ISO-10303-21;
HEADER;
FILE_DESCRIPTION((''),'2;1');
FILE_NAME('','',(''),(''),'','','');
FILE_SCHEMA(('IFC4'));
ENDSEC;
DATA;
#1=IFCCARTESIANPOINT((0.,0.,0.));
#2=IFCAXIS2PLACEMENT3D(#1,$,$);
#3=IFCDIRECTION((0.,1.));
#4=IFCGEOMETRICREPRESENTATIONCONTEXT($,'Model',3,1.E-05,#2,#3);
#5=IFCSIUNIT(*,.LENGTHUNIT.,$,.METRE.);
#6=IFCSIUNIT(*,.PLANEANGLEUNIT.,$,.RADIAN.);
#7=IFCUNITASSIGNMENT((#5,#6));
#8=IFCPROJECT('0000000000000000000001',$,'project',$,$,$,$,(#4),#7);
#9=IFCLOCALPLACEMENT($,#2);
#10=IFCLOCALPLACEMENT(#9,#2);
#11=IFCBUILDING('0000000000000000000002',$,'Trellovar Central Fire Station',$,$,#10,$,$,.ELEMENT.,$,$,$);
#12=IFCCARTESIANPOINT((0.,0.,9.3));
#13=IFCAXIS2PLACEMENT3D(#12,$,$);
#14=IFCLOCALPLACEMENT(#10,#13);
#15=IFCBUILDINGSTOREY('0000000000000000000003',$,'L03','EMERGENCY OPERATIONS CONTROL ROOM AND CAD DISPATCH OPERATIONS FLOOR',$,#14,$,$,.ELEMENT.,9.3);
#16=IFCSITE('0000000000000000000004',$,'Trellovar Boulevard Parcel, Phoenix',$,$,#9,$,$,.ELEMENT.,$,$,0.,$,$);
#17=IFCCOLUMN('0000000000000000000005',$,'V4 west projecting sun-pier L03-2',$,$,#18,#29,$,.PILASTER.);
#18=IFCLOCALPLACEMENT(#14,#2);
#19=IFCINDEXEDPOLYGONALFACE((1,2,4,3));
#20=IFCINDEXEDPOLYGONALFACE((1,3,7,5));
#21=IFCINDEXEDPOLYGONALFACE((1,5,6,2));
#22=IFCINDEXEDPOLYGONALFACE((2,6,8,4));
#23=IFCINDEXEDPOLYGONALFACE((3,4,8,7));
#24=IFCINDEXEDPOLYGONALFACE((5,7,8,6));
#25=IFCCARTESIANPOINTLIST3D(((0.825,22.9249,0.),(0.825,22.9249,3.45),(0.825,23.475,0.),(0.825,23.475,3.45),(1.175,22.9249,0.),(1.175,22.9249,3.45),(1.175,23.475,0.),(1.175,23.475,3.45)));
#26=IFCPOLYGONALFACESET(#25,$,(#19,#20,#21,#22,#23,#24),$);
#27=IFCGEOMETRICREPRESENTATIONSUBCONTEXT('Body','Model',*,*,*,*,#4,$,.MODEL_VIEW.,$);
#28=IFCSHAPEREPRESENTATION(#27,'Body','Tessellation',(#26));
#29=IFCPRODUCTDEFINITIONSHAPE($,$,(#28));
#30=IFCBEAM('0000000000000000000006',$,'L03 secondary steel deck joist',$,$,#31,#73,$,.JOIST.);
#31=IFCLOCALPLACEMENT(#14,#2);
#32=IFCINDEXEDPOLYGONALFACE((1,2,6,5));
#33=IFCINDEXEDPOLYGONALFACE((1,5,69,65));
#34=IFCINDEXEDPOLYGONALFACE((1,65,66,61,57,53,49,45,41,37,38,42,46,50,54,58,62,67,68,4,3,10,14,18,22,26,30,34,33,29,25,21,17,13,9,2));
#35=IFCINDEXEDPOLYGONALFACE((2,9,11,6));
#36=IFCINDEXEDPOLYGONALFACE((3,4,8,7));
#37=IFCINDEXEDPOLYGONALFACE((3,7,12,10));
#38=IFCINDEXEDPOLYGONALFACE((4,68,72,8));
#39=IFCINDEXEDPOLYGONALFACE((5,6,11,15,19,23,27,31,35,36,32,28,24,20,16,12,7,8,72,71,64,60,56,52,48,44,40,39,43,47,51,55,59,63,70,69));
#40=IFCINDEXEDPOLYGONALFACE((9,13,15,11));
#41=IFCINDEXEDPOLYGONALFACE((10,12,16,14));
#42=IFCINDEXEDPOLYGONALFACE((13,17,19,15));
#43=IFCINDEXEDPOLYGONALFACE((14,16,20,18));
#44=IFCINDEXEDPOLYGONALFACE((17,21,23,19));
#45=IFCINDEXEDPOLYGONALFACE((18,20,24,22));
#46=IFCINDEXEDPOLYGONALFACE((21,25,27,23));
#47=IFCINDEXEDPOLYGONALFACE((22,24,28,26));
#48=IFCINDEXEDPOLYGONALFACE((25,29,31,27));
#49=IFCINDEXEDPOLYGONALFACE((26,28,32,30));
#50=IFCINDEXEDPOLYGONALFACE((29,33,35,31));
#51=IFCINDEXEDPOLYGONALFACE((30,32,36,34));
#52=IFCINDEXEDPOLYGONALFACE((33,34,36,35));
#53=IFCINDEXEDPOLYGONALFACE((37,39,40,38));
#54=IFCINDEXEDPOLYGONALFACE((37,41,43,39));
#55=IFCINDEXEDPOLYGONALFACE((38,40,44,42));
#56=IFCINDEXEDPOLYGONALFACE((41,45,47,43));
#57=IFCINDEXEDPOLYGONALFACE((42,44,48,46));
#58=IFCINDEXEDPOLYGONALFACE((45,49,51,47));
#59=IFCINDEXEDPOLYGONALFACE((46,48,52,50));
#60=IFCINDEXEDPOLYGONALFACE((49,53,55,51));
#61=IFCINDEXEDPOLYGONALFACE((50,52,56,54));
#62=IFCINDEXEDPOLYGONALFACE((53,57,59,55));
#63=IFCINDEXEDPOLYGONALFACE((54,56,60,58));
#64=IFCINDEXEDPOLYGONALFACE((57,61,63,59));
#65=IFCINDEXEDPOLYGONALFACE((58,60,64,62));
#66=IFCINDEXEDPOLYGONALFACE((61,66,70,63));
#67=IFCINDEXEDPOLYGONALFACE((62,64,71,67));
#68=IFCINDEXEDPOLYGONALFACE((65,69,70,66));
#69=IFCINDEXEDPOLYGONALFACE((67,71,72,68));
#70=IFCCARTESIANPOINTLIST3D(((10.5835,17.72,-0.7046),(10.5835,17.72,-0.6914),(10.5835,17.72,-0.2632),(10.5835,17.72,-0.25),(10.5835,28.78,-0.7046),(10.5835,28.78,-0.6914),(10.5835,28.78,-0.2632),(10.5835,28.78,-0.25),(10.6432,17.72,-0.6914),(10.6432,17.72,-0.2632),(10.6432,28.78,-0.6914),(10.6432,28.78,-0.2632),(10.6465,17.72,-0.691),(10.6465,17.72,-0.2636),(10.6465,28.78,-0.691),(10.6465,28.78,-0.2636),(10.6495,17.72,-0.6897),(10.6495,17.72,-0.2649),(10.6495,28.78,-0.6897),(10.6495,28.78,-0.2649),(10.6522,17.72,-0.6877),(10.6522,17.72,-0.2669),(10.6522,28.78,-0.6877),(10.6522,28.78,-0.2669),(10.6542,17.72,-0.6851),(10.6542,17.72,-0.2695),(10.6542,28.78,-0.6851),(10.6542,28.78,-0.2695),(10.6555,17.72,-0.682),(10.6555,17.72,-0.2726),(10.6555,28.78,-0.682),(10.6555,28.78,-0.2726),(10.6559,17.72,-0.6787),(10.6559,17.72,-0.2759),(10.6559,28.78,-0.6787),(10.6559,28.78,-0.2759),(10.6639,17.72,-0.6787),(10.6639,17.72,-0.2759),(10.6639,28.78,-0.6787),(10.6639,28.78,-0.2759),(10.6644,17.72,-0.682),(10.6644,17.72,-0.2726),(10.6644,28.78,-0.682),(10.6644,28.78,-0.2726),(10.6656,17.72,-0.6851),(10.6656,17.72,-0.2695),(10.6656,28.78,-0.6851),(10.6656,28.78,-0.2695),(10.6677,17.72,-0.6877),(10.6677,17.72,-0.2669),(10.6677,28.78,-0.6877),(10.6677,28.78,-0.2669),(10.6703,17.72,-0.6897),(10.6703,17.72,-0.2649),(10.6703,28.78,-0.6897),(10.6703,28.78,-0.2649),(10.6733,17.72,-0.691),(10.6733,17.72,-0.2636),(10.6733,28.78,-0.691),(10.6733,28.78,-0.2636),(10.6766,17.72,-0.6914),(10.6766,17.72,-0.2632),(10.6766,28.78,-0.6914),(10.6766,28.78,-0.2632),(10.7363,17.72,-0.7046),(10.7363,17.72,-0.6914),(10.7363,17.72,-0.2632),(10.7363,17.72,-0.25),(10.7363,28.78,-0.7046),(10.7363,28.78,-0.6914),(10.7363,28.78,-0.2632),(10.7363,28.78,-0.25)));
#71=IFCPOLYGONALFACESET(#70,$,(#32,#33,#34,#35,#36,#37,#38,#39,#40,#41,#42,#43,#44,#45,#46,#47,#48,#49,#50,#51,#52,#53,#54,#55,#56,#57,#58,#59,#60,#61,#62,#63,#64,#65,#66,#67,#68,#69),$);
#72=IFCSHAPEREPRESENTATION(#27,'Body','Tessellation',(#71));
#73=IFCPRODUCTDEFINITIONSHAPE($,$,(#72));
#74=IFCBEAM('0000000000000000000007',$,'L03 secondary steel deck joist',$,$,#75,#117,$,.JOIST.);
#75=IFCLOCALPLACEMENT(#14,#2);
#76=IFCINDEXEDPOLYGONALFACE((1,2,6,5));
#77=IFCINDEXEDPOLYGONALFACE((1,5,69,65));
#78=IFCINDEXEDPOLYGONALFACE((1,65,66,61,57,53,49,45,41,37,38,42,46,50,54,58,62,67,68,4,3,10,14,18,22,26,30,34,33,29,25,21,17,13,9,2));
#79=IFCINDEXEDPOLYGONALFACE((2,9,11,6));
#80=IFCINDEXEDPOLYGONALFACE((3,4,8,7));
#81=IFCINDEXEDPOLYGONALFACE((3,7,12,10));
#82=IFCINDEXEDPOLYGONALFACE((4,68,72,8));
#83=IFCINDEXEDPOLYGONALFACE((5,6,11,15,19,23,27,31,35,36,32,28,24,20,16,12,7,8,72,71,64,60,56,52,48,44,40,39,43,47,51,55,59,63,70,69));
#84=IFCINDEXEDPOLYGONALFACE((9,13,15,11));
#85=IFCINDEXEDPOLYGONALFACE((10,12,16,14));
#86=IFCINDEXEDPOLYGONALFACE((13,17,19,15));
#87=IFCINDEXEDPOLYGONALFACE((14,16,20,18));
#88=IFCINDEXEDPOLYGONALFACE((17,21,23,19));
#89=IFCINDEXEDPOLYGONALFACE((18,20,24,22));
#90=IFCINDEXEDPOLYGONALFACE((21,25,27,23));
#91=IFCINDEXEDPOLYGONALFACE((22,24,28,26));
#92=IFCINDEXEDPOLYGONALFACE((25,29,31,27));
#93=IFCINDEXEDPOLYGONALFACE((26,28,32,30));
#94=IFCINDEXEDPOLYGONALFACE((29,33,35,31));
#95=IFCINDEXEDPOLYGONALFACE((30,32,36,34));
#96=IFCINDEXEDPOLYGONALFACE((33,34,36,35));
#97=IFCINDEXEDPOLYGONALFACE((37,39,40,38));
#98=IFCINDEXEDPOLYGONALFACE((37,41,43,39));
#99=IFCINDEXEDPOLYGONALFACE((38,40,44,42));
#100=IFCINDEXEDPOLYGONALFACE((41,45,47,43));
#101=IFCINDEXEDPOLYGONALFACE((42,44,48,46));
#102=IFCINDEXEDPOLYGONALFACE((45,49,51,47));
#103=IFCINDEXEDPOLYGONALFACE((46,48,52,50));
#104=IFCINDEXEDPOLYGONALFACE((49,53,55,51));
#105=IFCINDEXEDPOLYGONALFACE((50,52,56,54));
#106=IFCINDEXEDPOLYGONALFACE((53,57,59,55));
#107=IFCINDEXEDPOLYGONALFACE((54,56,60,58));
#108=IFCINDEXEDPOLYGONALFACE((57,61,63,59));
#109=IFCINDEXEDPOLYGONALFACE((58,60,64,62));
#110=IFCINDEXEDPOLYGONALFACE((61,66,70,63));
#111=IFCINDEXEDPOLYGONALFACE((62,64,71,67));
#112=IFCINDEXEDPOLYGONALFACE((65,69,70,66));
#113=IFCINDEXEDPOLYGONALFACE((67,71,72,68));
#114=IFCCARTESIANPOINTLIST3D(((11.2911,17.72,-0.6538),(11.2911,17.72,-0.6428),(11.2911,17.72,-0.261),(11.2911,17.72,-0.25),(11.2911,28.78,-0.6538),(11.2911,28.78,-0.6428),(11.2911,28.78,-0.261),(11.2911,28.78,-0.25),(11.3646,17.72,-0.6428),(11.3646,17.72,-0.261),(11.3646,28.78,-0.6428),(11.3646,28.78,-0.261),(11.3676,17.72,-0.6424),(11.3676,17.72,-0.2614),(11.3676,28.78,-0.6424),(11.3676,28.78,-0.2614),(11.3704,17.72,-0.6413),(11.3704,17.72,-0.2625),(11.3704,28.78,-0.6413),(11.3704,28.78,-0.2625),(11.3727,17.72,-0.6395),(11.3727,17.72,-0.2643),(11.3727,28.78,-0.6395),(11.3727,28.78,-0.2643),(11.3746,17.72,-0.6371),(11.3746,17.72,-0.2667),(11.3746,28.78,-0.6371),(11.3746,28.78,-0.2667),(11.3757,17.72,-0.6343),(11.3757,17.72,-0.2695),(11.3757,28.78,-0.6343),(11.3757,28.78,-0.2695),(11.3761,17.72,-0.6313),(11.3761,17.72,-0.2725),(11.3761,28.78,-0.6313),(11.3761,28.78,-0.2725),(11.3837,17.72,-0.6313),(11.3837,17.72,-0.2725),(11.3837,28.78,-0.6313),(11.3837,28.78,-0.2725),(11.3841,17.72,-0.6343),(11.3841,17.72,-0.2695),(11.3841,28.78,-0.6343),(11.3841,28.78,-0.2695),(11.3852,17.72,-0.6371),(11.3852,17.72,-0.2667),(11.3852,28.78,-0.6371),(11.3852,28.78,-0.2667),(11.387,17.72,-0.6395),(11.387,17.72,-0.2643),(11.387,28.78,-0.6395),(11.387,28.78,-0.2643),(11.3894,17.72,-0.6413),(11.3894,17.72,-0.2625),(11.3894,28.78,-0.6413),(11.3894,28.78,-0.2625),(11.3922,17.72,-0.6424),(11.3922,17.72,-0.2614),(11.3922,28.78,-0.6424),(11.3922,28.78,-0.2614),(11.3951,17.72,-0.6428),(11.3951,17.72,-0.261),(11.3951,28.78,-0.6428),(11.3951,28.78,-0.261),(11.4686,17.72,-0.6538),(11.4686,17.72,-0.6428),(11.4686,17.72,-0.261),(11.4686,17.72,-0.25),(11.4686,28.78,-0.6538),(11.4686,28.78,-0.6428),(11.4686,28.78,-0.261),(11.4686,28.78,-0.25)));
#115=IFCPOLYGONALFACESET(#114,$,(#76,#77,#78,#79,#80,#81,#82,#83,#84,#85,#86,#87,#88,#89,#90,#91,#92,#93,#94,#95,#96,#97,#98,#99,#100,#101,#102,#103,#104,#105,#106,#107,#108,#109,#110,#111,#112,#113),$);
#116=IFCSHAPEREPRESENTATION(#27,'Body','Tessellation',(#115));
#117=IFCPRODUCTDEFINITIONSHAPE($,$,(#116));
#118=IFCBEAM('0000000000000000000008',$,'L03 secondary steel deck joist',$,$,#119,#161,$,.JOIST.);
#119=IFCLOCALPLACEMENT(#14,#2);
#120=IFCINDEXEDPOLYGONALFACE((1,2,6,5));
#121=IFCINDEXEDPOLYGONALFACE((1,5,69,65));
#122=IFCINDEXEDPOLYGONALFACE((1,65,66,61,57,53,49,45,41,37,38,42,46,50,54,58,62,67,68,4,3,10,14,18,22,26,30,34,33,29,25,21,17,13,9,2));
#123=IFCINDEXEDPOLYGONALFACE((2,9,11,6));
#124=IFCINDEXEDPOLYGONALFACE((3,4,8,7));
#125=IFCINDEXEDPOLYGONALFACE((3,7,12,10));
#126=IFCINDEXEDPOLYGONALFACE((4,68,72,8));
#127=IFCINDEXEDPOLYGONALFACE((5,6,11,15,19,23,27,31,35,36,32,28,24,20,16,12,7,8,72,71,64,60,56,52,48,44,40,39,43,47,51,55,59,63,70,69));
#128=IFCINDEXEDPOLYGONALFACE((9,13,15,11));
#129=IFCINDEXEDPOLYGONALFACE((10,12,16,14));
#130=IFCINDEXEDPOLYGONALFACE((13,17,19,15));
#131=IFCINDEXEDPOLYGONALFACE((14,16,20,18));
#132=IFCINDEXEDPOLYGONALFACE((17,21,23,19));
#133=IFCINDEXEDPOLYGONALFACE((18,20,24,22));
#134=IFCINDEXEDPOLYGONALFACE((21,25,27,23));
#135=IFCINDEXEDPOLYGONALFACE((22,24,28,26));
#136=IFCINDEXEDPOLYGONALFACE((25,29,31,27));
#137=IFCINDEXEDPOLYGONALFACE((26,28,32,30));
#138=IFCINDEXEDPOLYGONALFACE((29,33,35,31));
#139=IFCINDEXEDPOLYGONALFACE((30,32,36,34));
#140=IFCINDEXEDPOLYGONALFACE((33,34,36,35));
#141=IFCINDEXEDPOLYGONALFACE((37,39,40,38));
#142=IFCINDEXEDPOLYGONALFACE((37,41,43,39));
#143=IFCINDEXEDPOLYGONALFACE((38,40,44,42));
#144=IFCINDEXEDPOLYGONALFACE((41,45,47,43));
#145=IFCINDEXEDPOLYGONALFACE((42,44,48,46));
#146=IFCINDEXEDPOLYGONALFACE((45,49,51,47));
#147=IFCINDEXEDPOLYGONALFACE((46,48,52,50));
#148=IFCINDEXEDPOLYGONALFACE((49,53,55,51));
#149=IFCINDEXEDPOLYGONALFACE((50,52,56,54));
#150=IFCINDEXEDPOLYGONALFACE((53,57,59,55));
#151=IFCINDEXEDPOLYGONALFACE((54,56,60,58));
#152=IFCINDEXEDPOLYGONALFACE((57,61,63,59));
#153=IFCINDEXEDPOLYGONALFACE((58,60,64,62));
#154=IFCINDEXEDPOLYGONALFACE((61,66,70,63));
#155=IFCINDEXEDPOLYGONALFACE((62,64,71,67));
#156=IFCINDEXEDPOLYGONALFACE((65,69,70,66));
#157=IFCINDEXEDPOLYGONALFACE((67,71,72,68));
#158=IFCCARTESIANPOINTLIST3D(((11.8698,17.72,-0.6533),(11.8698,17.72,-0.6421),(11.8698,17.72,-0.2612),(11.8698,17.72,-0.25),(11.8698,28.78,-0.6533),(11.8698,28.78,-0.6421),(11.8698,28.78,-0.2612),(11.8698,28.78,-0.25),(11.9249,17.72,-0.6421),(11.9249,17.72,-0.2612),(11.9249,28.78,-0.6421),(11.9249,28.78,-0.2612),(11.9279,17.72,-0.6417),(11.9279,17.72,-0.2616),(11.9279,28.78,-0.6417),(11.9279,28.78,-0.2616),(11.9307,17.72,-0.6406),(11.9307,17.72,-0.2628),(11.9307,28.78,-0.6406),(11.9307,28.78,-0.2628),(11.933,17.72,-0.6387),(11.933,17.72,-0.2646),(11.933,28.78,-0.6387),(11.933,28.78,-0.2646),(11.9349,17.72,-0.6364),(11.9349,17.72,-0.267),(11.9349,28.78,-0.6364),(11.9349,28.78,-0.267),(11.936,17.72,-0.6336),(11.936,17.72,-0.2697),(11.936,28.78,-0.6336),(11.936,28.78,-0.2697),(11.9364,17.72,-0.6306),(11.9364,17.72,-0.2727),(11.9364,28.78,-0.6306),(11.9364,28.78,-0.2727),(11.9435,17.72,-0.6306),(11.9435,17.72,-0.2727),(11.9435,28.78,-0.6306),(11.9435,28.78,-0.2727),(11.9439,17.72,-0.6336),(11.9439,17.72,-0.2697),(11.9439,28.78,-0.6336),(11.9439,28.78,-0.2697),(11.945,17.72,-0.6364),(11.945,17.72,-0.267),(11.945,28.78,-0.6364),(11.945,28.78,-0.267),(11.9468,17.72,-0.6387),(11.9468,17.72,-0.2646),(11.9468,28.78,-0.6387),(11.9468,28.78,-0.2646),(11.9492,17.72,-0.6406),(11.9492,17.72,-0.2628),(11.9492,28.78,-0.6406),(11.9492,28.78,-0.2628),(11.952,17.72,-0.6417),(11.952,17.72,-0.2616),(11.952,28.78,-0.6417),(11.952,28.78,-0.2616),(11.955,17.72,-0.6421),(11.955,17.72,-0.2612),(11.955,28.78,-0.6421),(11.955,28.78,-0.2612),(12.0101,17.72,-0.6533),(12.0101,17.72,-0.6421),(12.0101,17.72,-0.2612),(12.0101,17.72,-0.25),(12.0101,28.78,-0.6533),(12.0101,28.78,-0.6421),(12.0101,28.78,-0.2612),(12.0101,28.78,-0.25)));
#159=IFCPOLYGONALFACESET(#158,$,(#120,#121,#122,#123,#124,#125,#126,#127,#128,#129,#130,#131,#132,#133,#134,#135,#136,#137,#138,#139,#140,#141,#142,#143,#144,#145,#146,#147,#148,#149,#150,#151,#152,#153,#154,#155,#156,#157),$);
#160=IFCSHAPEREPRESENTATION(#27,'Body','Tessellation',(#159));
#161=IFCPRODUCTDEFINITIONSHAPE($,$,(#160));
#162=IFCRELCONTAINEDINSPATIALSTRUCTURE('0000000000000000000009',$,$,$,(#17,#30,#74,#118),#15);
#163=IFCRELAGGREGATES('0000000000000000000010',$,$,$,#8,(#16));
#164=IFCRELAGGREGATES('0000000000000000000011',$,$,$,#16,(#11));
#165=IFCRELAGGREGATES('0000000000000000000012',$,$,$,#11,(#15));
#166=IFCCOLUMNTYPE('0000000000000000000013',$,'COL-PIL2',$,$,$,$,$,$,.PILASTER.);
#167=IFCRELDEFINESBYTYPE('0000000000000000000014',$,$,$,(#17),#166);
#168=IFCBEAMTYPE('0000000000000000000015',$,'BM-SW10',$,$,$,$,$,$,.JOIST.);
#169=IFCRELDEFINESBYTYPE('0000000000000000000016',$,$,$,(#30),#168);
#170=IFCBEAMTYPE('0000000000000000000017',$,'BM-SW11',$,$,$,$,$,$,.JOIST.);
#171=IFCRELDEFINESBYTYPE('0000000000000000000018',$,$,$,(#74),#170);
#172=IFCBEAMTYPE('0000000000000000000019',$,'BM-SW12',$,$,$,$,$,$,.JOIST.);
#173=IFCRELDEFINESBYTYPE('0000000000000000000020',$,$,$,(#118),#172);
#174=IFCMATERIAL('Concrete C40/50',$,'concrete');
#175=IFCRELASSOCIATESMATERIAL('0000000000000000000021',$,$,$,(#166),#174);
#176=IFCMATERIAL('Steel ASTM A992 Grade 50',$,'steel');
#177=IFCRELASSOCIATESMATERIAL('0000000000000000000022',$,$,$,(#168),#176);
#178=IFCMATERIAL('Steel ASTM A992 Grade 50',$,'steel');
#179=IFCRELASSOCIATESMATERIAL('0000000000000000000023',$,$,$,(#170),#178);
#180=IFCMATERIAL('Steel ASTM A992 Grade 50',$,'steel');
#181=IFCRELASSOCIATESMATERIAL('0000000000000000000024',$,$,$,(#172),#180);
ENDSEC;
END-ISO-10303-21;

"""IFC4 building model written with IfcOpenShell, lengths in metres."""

from ifc_helpers import new_model, si_unit, direction, frame, origin, origin_2d, place, context, subcontext, project, spatial, rectangle, i_section, extrude, material, material_profile, profile_set, type_object, element, save


model = new_model("IFC4")

# Units and contexts
model_context = context("Model", 3, precision=1e-05, world=origin(), true_north=direction((0.0, 1.0)))
body_context = subcontext(model_context, "Body", "Model", "MODEL_VIEW")
ifc_project = project(units=[si_unit("LENGTHUNIT", "METRE"), si_unit("PLANEANGLEUNIT", "RADIAN")], contexts=[model_context])

# Site, building, storey
site_placement = place(None, origin())
site = spatial("IfcSite", under=ifc_project, at=site_placement, Name="Trellovar Boulevard Parcel, Phoenix", CompositionType="ELEMENT", RefElevation=0.0)
building_placement = place(site_placement, origin())
building = spatial("IfcBuilding", under=site, at=building_placement, Name="Trellovar Central Fire Station", CompositionType="ELEMENT")
storey_placement = place(building_placement, frame((0.0, 0.0, 9.3)))
storey = spatial("IfcBuildingStorey", under=building, at=storey_placement, Name="L03", Description="EMERGENCY OPERATIONS CONTROL ROOM AND CAD DISPATCH OPERATIONS FLOOR", CompositionType="ELEMENT", Elevation=9.3)

# Column
ifc_material_1 = material(Name="Concrete C40/50", Category="concrete")
ifc_material_profile_1 = material_profile(ifc_material_1, rectangle(XDim=0.3501, YDim=0.55, at=origin_2d()), Name="RC350X550")
ifc_profile_set_1 = profile_set([ifc_material_profile_1], Name="Concrete C40/50")
column_type = type_object("IfcColumnType", Name="COL-PIL2", PredefinedType="PILASTER", material=ifc_profile_set_1)
column_placement = place(storey_placement, frame((1.0, 23.2, 0.0), z_axis=(0.0, 0.0, 1.0), x_axis=(1.0, 0.0, 0.0)))
element("IfcColumn", 1, at=column_placement, inside=storey, type_object=column_type, Name="V4 west projecting sun-pier L03-2", PredefinedType="PILASTER", context=body_context, shape_type="SweptSolid", body=[
    extrude(rectangle(XDim=0.3501, YDim=0.55, at=origin_2d()), origin(), (0.0, 0.0, 1.0), 3.45),
])

# Beams
ifc_material_2 = material(Name="Steel ASTM A992 Grade 50", Category="steel")
ifc_material_profile_2 = material_profile(ifc_material_2, i_section(OverallWidth=0.1528, OverallDepth=0.4546, WebThickness=0.0081, FlangeThickness=0.0132, FilletRadius=0.0127, at=origin_2d()), Name="W18X40")
ifc_profile_set_2 = profile_set([ifc_material_profile_2], Name="Steel ASTM A992 Grade 50")
beam_type_1 = type_object("IfcBeamType", Name="BM-SW10", PredefinedType="JOIST", material=ifc_profile_set_2)
beam_1_placement = place(storey_placement, frame((10.6599, 17.72, -0.4773), z_axis=(0.0, 1.0, 0.0), x_axis=(-1.0, 0.0, 0.0)))
element("IfcBeam", 2, at=beam_1_placement, inside=storey, type_object=beam_type_1, Name="L03 secondary steel deck joist", PredefinedType="JOIST", context=body_context, shape_type="SweptSolid", body=[
    extrude(i_section(OverallWidth=0.1528, OverallDepth=0.4546, WebThickness=0.0081, FlangeThickness=0.0132, FilletRadius=0.0127, at=origin_2d()), origin(), (0.0, 0.0, 1.0), 11.0601),
])
ifc_material_3 = material(Name="Steel ASTM A992 Grade 50", Category="steel")
ifc_material_profile_3 = material_profile(ifc_material_3, i_section(OverallWidth=0.1775, OverallDepth=0.4038, WebThickness=0.0076, FlangeThickness=0.011, FilletRadius=0.0115, at=origin_2d()), Name="W16X36")
ifc_profile_set_3 = profile_set([ifc_material_profile_3], Name="Steel ASTM A992 Grade 50")
beam_type_2 = type_object("IfcBeamType", Name="BM-SW11", PredefinedType="JOIST", material=ifc_profile_set_3)
beam_2_placement = place(storey_placement, frame((11.3799, 17.72, -0.4519), z_axis=(0.0, 1.0, 0.0), x_axis=(-1.0, 0.0, 0.0)))
element("IfcBeam", 3, at=beam_2_placement, inside=storey, type_object=beam_type_2, Name="L03 secondary steel deck joist", PredefinedType="JOIST", context=body_context, shape_type="SweptSolid", body=[
    extrude(i_section(OverallWidth=0.1775, OverallDepth=0.4038, WebThickness=0.0076, FlangeThickness=0.011, FilletRadius=0.0115, at=origin_2d()), origin(), (0.0, 0.0, 1.0), 11.0601),
])
ifc_material_4 = material(Name="Steel ASTM A992 Grade 50", Category="steel")
ifc_material_profile_4 = material_profile(ifc_material_4, i_section(OverallWidth=0.1404, OverallDepth=0.4033, WebThickness=0.0071, FlangeThickness=0.0112, FilletRadius=0.0115, at=origin_2d()), Name="W16X31")
ifc_profile_set_4 = profile_set([ifc_material_profile_4], Name="Steel ASTM A992 Grade 50")
beam_type_3 = type_object("IfcBeamType", Name="BM-SW12", PredefinedType="JOIST", material=ifc_profile_set_4)
beam_3_placement = place(storey_placement, frame((11.9399, 17.72, -0.4517), z_axis=(0.0, 1.0, 0.0), x_axis=(-1.0, 0.0, 0.0)))
element("IfcBeam", 4, at=beam_3_placement, inside=storey, type_object=beam_type_3, Name="L03 secondary steel deck joist", PredefinedType="JOIST", context=body_context, shape_type="SweptSolid", body=[
    extrude(i_section(OverallWidth=0.1404, OverallDepth=0.4033, WebThickness=0.0071, FlangeThickness=0.0112, FilletRadius=0.0115, at=origin_2d()), origin(), (0.0, 0.0, 1.0), 11.0601),
])

save(model, "model.ifc")
